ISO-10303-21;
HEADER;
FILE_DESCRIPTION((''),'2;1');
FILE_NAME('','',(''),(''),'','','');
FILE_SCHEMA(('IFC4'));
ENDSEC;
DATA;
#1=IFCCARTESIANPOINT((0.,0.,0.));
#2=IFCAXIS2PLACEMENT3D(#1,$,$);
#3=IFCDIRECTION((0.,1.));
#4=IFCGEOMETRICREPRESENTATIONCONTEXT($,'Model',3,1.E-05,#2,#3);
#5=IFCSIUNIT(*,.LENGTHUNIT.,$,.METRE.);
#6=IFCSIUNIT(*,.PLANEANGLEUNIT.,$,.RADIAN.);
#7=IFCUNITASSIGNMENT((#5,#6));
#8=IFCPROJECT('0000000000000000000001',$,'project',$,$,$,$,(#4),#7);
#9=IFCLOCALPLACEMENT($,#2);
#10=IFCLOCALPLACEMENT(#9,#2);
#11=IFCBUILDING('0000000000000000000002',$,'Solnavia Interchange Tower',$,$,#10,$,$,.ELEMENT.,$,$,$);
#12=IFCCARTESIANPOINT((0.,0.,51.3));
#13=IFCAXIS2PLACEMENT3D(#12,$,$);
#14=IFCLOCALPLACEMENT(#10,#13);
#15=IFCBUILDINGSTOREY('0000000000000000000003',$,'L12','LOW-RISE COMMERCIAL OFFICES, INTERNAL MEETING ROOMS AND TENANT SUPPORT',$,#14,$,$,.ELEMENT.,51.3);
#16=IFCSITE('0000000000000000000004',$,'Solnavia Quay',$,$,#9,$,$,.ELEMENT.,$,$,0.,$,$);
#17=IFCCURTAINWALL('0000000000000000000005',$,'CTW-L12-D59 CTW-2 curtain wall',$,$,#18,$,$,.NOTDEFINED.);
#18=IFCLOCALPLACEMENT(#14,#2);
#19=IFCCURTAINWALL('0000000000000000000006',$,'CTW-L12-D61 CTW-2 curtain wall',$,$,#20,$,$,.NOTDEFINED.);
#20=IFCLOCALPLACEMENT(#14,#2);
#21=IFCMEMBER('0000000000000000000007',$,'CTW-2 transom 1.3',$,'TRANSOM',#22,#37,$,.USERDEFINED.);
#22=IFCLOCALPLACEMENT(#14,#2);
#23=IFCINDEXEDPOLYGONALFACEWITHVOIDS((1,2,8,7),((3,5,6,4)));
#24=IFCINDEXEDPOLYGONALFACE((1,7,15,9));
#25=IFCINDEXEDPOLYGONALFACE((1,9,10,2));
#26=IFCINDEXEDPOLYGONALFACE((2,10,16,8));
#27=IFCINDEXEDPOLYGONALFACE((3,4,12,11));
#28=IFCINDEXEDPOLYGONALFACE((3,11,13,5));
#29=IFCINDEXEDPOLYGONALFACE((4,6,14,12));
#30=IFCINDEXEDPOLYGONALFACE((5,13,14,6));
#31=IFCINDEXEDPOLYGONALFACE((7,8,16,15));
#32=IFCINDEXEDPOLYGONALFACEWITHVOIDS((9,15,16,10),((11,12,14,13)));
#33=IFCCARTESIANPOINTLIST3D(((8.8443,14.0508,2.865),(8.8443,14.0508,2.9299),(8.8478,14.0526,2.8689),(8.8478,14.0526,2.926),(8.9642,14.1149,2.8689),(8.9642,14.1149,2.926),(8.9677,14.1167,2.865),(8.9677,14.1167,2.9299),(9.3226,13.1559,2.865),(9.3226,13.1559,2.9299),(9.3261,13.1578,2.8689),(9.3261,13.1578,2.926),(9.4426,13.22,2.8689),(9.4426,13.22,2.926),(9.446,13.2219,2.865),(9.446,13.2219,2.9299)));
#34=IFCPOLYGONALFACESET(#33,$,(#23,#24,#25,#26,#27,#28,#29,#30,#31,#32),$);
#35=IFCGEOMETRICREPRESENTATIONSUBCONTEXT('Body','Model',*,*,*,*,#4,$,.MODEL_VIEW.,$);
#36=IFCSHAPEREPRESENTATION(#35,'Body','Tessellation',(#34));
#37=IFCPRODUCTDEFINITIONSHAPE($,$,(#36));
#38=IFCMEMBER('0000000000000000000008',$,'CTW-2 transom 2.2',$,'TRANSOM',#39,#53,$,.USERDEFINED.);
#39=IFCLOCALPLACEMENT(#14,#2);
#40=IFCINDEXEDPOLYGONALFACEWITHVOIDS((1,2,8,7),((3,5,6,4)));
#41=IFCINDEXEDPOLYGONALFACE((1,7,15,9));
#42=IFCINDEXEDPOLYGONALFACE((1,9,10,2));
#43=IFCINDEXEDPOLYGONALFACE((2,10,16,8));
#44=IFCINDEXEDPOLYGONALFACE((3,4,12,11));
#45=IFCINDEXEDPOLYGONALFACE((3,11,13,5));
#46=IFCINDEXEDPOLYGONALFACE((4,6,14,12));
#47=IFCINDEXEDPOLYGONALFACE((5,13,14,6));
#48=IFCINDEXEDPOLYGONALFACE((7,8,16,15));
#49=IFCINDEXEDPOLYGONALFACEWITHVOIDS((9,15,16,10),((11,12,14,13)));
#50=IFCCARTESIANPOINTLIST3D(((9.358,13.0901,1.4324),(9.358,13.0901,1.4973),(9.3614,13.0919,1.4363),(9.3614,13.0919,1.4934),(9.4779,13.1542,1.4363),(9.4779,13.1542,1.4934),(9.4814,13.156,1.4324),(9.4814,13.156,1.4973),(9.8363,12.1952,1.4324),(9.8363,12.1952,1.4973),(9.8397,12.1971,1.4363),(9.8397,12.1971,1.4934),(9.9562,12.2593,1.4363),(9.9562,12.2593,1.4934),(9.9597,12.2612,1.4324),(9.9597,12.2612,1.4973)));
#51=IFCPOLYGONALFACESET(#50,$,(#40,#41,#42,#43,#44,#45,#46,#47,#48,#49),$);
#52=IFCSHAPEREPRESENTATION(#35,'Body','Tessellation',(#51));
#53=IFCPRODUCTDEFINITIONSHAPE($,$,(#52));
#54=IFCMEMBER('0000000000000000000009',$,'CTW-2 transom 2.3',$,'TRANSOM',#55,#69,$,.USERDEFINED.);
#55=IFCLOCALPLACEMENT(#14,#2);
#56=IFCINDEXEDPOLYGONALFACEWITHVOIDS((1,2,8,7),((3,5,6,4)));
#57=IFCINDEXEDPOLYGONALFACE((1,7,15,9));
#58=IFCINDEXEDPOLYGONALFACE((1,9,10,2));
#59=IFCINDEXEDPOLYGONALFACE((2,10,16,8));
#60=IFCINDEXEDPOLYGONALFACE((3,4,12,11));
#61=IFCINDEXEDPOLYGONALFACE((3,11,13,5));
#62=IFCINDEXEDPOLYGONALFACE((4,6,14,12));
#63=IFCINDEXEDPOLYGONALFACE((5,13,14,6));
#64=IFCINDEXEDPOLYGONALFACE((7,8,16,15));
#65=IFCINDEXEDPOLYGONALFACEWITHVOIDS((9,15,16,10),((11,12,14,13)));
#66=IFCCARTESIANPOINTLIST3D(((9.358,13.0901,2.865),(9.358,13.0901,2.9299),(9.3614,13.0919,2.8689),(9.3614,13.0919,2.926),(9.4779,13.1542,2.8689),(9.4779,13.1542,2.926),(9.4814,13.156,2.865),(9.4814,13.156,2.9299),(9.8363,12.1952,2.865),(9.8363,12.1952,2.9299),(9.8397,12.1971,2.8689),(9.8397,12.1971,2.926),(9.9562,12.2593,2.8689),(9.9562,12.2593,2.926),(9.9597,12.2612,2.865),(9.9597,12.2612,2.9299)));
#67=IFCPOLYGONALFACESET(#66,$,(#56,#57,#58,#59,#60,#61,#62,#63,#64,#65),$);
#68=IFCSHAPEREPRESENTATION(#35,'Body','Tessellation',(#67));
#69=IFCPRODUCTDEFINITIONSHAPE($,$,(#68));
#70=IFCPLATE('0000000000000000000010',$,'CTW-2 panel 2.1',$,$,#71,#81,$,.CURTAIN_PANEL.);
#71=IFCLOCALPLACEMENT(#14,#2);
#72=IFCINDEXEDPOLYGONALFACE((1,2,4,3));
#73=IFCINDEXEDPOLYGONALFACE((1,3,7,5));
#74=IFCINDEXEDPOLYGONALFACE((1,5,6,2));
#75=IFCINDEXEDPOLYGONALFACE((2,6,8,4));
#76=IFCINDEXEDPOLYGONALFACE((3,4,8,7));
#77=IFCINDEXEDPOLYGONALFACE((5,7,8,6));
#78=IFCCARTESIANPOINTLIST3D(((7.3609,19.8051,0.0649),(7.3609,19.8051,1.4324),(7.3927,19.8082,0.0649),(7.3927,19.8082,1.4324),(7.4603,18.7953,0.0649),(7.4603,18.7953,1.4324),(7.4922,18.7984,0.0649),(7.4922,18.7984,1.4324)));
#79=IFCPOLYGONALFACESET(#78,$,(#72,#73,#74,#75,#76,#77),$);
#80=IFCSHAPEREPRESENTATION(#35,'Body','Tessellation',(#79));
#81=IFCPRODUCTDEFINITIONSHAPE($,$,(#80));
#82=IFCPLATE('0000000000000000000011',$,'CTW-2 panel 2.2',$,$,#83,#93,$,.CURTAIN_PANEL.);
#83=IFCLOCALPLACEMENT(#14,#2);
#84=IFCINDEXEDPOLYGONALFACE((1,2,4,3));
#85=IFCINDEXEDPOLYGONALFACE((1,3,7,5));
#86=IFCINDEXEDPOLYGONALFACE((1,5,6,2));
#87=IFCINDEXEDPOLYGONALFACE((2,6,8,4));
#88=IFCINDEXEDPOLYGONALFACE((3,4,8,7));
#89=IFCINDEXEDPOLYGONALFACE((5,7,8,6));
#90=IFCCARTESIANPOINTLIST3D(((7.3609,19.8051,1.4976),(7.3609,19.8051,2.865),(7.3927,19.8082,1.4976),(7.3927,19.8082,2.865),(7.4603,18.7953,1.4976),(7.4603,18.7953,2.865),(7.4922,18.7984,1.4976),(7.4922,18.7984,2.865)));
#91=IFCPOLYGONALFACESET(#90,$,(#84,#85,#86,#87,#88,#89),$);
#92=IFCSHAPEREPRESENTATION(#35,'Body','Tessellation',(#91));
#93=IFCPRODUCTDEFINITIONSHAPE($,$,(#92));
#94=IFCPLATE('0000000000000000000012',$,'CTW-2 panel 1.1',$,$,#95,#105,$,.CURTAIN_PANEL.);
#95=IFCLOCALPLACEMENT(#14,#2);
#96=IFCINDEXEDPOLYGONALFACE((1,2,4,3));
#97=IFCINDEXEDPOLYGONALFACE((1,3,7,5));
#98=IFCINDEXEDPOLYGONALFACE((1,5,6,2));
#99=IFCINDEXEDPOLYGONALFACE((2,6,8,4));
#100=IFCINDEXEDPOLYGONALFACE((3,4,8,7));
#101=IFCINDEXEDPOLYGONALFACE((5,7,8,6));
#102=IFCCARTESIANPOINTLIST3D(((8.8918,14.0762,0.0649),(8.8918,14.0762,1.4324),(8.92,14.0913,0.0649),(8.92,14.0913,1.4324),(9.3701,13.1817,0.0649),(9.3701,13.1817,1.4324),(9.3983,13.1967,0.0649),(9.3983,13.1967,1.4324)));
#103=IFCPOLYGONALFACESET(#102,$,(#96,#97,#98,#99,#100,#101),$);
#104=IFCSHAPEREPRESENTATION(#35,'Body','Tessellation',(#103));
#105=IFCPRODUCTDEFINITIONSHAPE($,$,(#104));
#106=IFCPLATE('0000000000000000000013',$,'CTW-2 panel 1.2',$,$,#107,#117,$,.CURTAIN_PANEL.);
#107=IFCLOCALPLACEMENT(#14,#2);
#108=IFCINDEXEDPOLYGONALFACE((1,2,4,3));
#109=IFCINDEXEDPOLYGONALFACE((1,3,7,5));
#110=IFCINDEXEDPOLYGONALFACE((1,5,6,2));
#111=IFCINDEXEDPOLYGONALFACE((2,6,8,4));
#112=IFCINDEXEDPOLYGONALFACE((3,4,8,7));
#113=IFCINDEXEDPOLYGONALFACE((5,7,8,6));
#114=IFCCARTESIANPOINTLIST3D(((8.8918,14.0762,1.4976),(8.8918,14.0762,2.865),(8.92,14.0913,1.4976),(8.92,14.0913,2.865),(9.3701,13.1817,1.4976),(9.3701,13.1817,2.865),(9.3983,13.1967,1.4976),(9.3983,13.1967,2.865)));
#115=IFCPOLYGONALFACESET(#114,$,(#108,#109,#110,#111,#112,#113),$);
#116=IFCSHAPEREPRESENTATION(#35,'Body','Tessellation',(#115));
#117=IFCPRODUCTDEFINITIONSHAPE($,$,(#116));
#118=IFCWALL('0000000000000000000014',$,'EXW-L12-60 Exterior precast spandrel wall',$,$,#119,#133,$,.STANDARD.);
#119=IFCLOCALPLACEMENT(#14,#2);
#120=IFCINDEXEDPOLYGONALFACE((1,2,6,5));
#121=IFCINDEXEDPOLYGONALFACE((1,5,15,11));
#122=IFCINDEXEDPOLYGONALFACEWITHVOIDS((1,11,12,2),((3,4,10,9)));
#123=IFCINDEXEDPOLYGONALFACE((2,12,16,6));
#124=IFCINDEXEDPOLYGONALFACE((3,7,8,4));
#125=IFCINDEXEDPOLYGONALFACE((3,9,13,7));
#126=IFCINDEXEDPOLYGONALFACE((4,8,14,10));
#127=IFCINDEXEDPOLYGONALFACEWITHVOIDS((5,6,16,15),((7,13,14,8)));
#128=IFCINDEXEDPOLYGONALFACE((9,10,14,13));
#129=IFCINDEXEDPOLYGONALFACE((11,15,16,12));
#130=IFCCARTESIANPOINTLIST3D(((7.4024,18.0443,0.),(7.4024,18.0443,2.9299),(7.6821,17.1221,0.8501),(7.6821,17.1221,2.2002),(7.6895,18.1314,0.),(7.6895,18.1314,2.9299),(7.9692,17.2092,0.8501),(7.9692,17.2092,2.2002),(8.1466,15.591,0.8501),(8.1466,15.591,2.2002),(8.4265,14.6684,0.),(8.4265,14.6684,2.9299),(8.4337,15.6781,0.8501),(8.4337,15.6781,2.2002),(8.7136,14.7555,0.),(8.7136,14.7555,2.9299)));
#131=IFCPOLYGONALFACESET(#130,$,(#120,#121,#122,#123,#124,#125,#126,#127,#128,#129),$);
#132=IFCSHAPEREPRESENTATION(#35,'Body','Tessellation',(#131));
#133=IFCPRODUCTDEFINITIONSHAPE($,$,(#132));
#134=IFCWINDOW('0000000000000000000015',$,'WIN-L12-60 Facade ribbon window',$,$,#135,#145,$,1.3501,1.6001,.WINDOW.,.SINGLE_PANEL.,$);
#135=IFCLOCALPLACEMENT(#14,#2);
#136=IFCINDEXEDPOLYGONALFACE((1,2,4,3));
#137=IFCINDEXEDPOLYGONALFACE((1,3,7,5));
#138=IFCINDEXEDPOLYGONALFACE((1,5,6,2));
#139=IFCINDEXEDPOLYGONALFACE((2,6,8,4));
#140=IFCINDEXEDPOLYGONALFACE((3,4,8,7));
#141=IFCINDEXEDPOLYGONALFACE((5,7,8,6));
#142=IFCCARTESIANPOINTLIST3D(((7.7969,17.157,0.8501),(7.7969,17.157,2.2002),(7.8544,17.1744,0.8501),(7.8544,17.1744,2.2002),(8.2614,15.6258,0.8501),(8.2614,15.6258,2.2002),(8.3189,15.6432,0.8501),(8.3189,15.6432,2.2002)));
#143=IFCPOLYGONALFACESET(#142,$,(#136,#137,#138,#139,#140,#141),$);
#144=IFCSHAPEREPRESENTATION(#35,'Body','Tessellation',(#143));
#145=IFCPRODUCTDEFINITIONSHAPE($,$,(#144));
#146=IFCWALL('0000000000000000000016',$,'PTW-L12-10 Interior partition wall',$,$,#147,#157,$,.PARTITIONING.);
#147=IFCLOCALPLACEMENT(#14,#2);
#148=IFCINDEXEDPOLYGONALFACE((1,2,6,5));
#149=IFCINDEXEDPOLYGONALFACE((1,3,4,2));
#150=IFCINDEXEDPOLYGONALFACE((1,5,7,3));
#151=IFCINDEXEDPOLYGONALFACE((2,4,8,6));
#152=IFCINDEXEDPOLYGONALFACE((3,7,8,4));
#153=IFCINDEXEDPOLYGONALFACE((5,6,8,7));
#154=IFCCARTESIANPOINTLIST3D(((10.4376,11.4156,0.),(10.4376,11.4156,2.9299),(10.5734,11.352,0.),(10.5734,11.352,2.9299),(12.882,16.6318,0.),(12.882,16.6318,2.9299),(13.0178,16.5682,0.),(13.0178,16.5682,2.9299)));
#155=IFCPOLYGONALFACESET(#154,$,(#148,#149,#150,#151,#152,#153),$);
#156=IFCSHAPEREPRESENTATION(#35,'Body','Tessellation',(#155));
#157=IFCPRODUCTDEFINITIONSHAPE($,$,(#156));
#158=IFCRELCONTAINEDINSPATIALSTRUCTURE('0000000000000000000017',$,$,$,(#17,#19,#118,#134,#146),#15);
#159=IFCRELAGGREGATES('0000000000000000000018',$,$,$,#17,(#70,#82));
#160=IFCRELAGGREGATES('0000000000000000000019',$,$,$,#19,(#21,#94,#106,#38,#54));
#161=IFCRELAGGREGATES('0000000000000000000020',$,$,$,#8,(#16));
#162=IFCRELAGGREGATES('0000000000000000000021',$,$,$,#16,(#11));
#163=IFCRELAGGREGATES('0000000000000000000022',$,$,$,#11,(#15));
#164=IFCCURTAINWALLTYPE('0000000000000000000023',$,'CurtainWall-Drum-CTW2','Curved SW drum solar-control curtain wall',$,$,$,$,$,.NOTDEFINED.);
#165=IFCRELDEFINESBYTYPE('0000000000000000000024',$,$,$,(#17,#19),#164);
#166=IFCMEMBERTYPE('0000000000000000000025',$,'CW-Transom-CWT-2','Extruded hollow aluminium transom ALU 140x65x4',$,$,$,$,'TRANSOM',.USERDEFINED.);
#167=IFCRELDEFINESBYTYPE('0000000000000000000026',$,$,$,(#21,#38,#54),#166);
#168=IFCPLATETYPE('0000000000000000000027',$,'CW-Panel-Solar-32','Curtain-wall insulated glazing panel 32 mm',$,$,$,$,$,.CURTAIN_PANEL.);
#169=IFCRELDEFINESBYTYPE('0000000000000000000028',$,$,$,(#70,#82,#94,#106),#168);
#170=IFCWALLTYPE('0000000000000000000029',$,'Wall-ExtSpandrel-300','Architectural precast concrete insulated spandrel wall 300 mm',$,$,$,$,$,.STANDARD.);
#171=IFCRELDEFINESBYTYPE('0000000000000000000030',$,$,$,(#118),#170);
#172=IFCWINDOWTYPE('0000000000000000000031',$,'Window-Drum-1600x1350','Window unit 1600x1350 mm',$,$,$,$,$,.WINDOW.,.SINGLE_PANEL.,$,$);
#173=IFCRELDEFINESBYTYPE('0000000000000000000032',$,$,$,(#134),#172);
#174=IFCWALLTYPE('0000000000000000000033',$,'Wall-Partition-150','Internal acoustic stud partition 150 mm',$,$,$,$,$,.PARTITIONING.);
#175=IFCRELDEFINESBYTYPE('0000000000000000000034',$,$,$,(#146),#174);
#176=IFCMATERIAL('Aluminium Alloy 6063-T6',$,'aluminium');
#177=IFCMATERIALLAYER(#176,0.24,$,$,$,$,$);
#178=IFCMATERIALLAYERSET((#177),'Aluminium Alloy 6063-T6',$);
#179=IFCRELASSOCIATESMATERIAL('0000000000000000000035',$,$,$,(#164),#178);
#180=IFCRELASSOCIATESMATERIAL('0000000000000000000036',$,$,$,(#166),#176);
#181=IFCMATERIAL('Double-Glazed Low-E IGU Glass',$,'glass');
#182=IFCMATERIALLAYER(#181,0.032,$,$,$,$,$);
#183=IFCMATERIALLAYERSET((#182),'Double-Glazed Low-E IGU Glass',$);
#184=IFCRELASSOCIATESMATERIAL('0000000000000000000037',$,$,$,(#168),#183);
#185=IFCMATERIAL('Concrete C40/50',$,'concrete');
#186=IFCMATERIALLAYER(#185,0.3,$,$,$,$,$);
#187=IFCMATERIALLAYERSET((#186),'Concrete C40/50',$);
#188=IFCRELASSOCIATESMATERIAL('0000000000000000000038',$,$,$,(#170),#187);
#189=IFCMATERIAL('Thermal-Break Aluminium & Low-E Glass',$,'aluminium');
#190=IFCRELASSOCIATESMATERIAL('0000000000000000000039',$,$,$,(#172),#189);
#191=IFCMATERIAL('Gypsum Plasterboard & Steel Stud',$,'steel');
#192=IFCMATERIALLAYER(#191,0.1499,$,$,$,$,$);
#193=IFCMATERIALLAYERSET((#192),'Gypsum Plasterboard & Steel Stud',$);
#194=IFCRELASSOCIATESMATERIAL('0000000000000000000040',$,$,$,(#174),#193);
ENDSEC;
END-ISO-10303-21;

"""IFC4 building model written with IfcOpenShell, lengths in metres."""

from ifc_helpers import new_model, si_unit, direction, frame, frame_2d, origin, origin_2d, place, context, subcontext, project, spatial, rectangle, hollow_rectangle, extrude, material, layer, layer_set, material_profile, profile_set, type_object, element, fill, aggregate, save


model = new_model("IFC4")

# Units and contexts
model_context = context("Model", 3, precision=1e-05, world=origin(), true_north=direction((0.0, 1.0)))
body_context = subcontext(model_context, "Body", "Model", "MODEL_VIEW")
ifc_project = project(units=[si_unit("LENGTHUNIT", "METRE"), si_unit("PLANEANGLEUNIT", "RADIAN")], contexts=[model_context])

# Site, building, storey
site_placement = place(None, origin())
site = spatial("IfcSite", under=ifc_project, at=site_placement, Name="Solnavia Quay", CompositionType="ELEMENT", RefElevation=0.0)
building_placement = place(site_placement, origin())
building = spatial("IfcBuilding", under=site, at=building_placement, Name="Solnavia Interchange Tower", CompositionType="ELEMENT")
storey_placement = place(building_placement, frame((0.0, 0.0, 51.3)))
storey = spatial("IfcBuildingStorey", under=building, at=storey_placement, Name="L12", Description="LOW-RISE COMMERCIAL OFFICES, INTERNAL MEETING ROOMS AND TENANT SUPPORT", CompositionType="ELEMENT", Elevation=51.3)

# Curtain walls
ifc_material_1 = material(Name="Aluminium Alloy 6063-T6", Category="aluminium")
ifc_layer_1 = layer(ifc_material_1, 0.24)
ifc_layer_set_1 = layer_set([ifc_layer_1], Name="Aluminium Alloy 6063-T6")
curtain_wall_type = type_object("IfcCurtainWallType", Name="CurtainWall-Drum-CTW2", Description="Curved SW drum solar-control curtain wall", PredefinedType="NOTDEFINED", material=ifc_layer_set_1)
curtain_wall_1_placement = place(storey_placement, origin())
curtain_wall_1 = element("IfcCurtainWall", 1, at=curtain_wall_1_placement, inside=storey, type_object=curtain_wall_type, Name="CTW-L12-D59 CTW-2 curtain wall", PredefinedType="NOTDEFINED")
curtain_wall_2_placement = place(storey_placement, origin())
curtain_wall_2 = element("IfcCurtainWall", 2, at=curtain_wall_2_placement, inside=storey, type_object=curtain_wall_type, Name="CTW-L12-D61 CTW-2 curtain wall", PredefinedType="NOTDEFINED")

# Members
ifc_material_profile_1 = material_profile(ifc_material_1, hollow_rectangle(XDim=0.0649, YDim=0.1399, WallThickness=0.0039, at=origin_2d()), Name="ALU 140x65x4")
ifc_profile_set_1 = profile_set([ifc_material_profile_1], Name="Aluminium Alloy 6063-T6")
member_type_1 = type_object("IfcMemberType", Name="CW-Transom-CWT-2", Description="Extruded hollow aluminium transom ALU 140x65x4", ElementType="TRANSOM", PredefinedType="USERDEFINED", material=ifc_profile_set_1)
member_1_placement = place(storey_placement, frame((8.906, 14.0837, 2.8975), z_axis=(0.4714, -0.88192, 0.0), x_axis=(0.0, 0.0, 1.0)))
member_1 = element("IfcMember", 3, at=member_1_placement, type_object=member_type_1, Name="CTW-2 transom 1.3", ObjectType="TRANSOM", PredefinedType="USERDEFINED", context=body_context, shape_type="SweptSolid", body=[
    extrude(hollow_rectangle(XDim=0.0649, YDim=0.1399, WallThickness=0.0039, at=origin_2d()), origin(), (0.0, 0.0, 1.0), 1.0146),
])
member_2_placement = place(storey_placement, frame((9.4197, 13.123, 1.4648), z_axis=(0.4714, -0.88192, 0.0), x_axis=(0.0, 0.0, 1.0)))
member_2 = element("IfcMember", 4, at=member_2_placement, type_object=member_type_1, Name="CTW-2 transom 2.2", ObjectType="TRANSOM", PredefinedType="USERDEFINED", context=body_context, shape_type="SweptSolid", body=[
    extrude(hollow_rectangle(XDim=0.0649, YDim=0.1399, WallThickness=0.0039, at=origin_2d()), origin(), (0.0, 0.0, 1.0), 1.0146),
])
member_3_placement = place(storey_placement, frame((9.4197, 13.123, 2.8975), z_axis=(0.4714, -0.88192, 0.0), x_axis=(0.0, 0.0, 1.0)))
member_3 = element("IfcMember", 5, at=member_3_placement, type_object=member_type_1, Name="CTW-2 transom 2.3", ObjectType="TRANSOM", PredefinedType="USERDEFINED", context=body_context, shape_type="SweptSolid", body=[
    extrude(hollow_rectangle(XDim=0.0649, YDim=0.1399, WallThickness=0.0039, at=origin_2d()), origin(), (0.0, 0.0, 1.0), 1.0146),
])

# Plates
ifc_material_2 = material(Name="Double-Glazed Low-E IGU Glass", Category="glass")
ifc_layer_2 = layer(ifc_material_2, 0.032)
ifc_layer_set_2 = layer_set([ifc_layer_2], Name="Double-Glazed Low-E IGU Glass")
plate_type = type_object("IfcPlateType", Name="CW-Panel-Solar-32", Description="Curtain-wall insulated glazing panel 32 mm", PredefinedType="CURTAIN_PANEL", material=ifc_layer_set_2)
plate_1_placement = place(storey_placement, frame((7.4265, 19.3018, 0.0649), z_axis=(0.0, 0.0, 1.0), x_axis=(0.098045, -0.995182, 0.0)))
plate_1 = element("IfcPlate", 6, at=plate_1_placement, type_object=plate_type, Name="CTW-2 panel 2.1", PredefinedType="CURTAIN_PANEL", context=body_context, shape_type="SweptSolid", body=[
    extrude(rectangle(XDim=1.0146, YDim=0.032, at=origin_2d()), origin(), (0.0, 0.0, 1.0), 1.3674),
])
plate_2_placement = place(storey_placement, frame((7.4265, 19.3018, 1.4976), z_axis=(0.0, 0.0, 1.0), x_axis=(0.098045, -0.995182, 0.0)))
plate_2 = element("IfcPlate", 7, at=plate_2_placement, type_object=plate_type, Name="CTW-2 panel 2.2", PredefinedType="CURTAIN_PANEL", context=body_context, shape_type="SweptSolid", body=[
    extrude(rectangle(XDim=1.0146, YDim=0.032, at=origin_2d()), origin(), (0.0, 0.0, 1.0), 1.3674),
])
aggregate(curtain_wall_1, [plate_1, plate_2])
plate_3_placement = place(storey_placement, frame((9.145, 13.6365, 0.0649), z_axis=(0.0, 0.0, 1.0), x_axis=(0.471537, -0.881846, 0.0)))
plate_3 = element("IfcPlate", 8, at=plate_3_placement, type_object=plate_type, Name="CTW-2 panel 1.1", PredefinedType="CURTAIN_PANEL", context=body_context, shape_type="SweptSolid", body=[
    extrude(rectangle(XDim=1.0144, YDim=0.032, at=origin_2d()), origin(), (0.0, 0.0, 1.0), 1.3674),
])
plate_4_placement = place(storey_placement, frame((9.145, 13.6365, 1.4976), z_axis=(0.0, 0.0, 1.0), x_axis=(0.471537, -0.881846, 0.0)))
plate_4 = element("IfcPlate", 9, at=plate_4_placement, type_object=plate_type, Name="CTW-2 panel 1.2", PredefinedType="CURTAIN_PANEL", context=body_context, shape_type="SweptSolid", body=[
    extrude(rectangle(XDim=1.0144, YDim=0.032, at=origin_2d()), origin(), (0.0, 0.0, 1.0), 1.3674),
])
aggregate(curtain_wall_2, [member_1, plate_3, plate_4, member_2, member_3])

# Wall, opening, window
ifc_material_3 = material(Name="Concrete C40/50", Category="concrete")
ifc_layer_3 = layer(ifc_material_3, 0.3)
ifc_layer_set_3 = layer_set([ifc_layer_3], Name="Concrete C40/50")
wall_type_1 = type_object("IfcWallType", Name="Wall-ExtSpandrel-300", Description="Architectural precast concrete insulated spandrel wall 300 mm", PredefinedType="STANDARD", material=ifc_layer_set_3)
wall_1_placement = place(storey_placement, frame((8.5701, 14.7119, 0.0), z_axis=(0.0, 0.0, 1.0), x_axis=(-0.290305, 0.956934, 0.0)))
wall_1 = element("IfcWall", 10, at=wall_1_placement, inside=storey, type_object=wall_type_1, Name="EXW-L12-60 Exterior precast spandrel wall", PredefinedType="STANDARD", context=body_context, shape_type="SweptSolid", body=[
    extrude(rectangle(XDim=3.5278, YDim=0.3, at=frame_2d((1.7639, 0.0))), origin(), (0.0, 0.0, 1.0), 2.9299),
])
opening_1_placement = place(wall_1_placement, frame((0.9641, 0.0, 0.8501)))
opening_1 = element("IfcOpeningElement", 11, at=opening_1_placement, cuts=wall_1, PredefinedType="OPENING", context=body_context, shape_type="SweptSolid", body=[
    extrude(rectangle(XDim=1.6001, YDim=1.3501, at=frame_2d((0.8, 0.675))), frame((0.0, 0.1602, 0.0), z_axis=(0.0, -1.0, 0.0), x_axis=(1.0, 0.0, 0.0)), (0.0, 0.0, 1.0), 0.3201),
])
ifc_material_4 = material(Name="Thermal-Break Aluminium & Low-E Glass", Category="aluminium")
window_type = type_object("IfcWindowType", Name="Window-Drum-1600x1350", Description="Window unit 1600x1350 mm", PartitioningType="SINGLE_PANEL", PredefinedType="WINDOW", material=ifc_material_4)
window_placement = place(opening_1_placement, origin())
window = element("IfcWindow", 12, at=window_placement, inside=storey, type_object=window_type, Name="WIN-L12-60 Facade ribbon window", OverallHeight=1.3501, OverallWidth=1.6001, PartitioningType="SINGLE_PANEL", PredefinedType="WINDOW", context=body_context, shape_type="SweptSolid", body=[
    extrude(rectangle(XDim=1.6001, YDim=1.3501, at=frame_2d((0.8, 0.675))), frame((0.0, 0.03, 0.0), z_axis=(0.0, -1.0, 0.0), x_axis=(1.0, 0.0, 0.0)), (0.0, 0.0, 1.0), 0.0601),
])
fill(opening_1, window)

# Wall
ifc_material_5 = material(Name="Gypsum Plasterboard & Steel Stud", Category="steel")
ifc_layer_4 = layer(ifc_material_5, 0.1499)
ifc_layer_set_4 = layer_set([ifc_layer_4], Name="Gypsum Plasterboard & Steel Stud")
wall_type_2 = type_object("IfcWallType", Name="Wall-Partition-150", Description="Internal acoustic stud partition 150 mm", PredefinedType="PARTITIONING", material=ifc_layer_set_4)
wall_2_placement = place(storey_placement, frame((12.95, 16.6001, 0.0), z_axis=(0.0, 0.0, 1.0), x_axis=(-0.424335, -0.905505, 0.0)))
element("IfcWall", 13, at=wall_2_placement, inside=storey, type_object=wall_type_2, Name="PTW-L12-10 Interior partition wall", PredefinedType="PARTITIONING", context=body_context, shape_type="SweptSolid", body=[
    extrude(rectangle(XDim=5.7605, YDim=0.1499, at=frame_2d((2.8804, 0.0))), origin(), (0.0, 0.0, 1.0), 2.9299),
])

save(model, "model.ifc")
